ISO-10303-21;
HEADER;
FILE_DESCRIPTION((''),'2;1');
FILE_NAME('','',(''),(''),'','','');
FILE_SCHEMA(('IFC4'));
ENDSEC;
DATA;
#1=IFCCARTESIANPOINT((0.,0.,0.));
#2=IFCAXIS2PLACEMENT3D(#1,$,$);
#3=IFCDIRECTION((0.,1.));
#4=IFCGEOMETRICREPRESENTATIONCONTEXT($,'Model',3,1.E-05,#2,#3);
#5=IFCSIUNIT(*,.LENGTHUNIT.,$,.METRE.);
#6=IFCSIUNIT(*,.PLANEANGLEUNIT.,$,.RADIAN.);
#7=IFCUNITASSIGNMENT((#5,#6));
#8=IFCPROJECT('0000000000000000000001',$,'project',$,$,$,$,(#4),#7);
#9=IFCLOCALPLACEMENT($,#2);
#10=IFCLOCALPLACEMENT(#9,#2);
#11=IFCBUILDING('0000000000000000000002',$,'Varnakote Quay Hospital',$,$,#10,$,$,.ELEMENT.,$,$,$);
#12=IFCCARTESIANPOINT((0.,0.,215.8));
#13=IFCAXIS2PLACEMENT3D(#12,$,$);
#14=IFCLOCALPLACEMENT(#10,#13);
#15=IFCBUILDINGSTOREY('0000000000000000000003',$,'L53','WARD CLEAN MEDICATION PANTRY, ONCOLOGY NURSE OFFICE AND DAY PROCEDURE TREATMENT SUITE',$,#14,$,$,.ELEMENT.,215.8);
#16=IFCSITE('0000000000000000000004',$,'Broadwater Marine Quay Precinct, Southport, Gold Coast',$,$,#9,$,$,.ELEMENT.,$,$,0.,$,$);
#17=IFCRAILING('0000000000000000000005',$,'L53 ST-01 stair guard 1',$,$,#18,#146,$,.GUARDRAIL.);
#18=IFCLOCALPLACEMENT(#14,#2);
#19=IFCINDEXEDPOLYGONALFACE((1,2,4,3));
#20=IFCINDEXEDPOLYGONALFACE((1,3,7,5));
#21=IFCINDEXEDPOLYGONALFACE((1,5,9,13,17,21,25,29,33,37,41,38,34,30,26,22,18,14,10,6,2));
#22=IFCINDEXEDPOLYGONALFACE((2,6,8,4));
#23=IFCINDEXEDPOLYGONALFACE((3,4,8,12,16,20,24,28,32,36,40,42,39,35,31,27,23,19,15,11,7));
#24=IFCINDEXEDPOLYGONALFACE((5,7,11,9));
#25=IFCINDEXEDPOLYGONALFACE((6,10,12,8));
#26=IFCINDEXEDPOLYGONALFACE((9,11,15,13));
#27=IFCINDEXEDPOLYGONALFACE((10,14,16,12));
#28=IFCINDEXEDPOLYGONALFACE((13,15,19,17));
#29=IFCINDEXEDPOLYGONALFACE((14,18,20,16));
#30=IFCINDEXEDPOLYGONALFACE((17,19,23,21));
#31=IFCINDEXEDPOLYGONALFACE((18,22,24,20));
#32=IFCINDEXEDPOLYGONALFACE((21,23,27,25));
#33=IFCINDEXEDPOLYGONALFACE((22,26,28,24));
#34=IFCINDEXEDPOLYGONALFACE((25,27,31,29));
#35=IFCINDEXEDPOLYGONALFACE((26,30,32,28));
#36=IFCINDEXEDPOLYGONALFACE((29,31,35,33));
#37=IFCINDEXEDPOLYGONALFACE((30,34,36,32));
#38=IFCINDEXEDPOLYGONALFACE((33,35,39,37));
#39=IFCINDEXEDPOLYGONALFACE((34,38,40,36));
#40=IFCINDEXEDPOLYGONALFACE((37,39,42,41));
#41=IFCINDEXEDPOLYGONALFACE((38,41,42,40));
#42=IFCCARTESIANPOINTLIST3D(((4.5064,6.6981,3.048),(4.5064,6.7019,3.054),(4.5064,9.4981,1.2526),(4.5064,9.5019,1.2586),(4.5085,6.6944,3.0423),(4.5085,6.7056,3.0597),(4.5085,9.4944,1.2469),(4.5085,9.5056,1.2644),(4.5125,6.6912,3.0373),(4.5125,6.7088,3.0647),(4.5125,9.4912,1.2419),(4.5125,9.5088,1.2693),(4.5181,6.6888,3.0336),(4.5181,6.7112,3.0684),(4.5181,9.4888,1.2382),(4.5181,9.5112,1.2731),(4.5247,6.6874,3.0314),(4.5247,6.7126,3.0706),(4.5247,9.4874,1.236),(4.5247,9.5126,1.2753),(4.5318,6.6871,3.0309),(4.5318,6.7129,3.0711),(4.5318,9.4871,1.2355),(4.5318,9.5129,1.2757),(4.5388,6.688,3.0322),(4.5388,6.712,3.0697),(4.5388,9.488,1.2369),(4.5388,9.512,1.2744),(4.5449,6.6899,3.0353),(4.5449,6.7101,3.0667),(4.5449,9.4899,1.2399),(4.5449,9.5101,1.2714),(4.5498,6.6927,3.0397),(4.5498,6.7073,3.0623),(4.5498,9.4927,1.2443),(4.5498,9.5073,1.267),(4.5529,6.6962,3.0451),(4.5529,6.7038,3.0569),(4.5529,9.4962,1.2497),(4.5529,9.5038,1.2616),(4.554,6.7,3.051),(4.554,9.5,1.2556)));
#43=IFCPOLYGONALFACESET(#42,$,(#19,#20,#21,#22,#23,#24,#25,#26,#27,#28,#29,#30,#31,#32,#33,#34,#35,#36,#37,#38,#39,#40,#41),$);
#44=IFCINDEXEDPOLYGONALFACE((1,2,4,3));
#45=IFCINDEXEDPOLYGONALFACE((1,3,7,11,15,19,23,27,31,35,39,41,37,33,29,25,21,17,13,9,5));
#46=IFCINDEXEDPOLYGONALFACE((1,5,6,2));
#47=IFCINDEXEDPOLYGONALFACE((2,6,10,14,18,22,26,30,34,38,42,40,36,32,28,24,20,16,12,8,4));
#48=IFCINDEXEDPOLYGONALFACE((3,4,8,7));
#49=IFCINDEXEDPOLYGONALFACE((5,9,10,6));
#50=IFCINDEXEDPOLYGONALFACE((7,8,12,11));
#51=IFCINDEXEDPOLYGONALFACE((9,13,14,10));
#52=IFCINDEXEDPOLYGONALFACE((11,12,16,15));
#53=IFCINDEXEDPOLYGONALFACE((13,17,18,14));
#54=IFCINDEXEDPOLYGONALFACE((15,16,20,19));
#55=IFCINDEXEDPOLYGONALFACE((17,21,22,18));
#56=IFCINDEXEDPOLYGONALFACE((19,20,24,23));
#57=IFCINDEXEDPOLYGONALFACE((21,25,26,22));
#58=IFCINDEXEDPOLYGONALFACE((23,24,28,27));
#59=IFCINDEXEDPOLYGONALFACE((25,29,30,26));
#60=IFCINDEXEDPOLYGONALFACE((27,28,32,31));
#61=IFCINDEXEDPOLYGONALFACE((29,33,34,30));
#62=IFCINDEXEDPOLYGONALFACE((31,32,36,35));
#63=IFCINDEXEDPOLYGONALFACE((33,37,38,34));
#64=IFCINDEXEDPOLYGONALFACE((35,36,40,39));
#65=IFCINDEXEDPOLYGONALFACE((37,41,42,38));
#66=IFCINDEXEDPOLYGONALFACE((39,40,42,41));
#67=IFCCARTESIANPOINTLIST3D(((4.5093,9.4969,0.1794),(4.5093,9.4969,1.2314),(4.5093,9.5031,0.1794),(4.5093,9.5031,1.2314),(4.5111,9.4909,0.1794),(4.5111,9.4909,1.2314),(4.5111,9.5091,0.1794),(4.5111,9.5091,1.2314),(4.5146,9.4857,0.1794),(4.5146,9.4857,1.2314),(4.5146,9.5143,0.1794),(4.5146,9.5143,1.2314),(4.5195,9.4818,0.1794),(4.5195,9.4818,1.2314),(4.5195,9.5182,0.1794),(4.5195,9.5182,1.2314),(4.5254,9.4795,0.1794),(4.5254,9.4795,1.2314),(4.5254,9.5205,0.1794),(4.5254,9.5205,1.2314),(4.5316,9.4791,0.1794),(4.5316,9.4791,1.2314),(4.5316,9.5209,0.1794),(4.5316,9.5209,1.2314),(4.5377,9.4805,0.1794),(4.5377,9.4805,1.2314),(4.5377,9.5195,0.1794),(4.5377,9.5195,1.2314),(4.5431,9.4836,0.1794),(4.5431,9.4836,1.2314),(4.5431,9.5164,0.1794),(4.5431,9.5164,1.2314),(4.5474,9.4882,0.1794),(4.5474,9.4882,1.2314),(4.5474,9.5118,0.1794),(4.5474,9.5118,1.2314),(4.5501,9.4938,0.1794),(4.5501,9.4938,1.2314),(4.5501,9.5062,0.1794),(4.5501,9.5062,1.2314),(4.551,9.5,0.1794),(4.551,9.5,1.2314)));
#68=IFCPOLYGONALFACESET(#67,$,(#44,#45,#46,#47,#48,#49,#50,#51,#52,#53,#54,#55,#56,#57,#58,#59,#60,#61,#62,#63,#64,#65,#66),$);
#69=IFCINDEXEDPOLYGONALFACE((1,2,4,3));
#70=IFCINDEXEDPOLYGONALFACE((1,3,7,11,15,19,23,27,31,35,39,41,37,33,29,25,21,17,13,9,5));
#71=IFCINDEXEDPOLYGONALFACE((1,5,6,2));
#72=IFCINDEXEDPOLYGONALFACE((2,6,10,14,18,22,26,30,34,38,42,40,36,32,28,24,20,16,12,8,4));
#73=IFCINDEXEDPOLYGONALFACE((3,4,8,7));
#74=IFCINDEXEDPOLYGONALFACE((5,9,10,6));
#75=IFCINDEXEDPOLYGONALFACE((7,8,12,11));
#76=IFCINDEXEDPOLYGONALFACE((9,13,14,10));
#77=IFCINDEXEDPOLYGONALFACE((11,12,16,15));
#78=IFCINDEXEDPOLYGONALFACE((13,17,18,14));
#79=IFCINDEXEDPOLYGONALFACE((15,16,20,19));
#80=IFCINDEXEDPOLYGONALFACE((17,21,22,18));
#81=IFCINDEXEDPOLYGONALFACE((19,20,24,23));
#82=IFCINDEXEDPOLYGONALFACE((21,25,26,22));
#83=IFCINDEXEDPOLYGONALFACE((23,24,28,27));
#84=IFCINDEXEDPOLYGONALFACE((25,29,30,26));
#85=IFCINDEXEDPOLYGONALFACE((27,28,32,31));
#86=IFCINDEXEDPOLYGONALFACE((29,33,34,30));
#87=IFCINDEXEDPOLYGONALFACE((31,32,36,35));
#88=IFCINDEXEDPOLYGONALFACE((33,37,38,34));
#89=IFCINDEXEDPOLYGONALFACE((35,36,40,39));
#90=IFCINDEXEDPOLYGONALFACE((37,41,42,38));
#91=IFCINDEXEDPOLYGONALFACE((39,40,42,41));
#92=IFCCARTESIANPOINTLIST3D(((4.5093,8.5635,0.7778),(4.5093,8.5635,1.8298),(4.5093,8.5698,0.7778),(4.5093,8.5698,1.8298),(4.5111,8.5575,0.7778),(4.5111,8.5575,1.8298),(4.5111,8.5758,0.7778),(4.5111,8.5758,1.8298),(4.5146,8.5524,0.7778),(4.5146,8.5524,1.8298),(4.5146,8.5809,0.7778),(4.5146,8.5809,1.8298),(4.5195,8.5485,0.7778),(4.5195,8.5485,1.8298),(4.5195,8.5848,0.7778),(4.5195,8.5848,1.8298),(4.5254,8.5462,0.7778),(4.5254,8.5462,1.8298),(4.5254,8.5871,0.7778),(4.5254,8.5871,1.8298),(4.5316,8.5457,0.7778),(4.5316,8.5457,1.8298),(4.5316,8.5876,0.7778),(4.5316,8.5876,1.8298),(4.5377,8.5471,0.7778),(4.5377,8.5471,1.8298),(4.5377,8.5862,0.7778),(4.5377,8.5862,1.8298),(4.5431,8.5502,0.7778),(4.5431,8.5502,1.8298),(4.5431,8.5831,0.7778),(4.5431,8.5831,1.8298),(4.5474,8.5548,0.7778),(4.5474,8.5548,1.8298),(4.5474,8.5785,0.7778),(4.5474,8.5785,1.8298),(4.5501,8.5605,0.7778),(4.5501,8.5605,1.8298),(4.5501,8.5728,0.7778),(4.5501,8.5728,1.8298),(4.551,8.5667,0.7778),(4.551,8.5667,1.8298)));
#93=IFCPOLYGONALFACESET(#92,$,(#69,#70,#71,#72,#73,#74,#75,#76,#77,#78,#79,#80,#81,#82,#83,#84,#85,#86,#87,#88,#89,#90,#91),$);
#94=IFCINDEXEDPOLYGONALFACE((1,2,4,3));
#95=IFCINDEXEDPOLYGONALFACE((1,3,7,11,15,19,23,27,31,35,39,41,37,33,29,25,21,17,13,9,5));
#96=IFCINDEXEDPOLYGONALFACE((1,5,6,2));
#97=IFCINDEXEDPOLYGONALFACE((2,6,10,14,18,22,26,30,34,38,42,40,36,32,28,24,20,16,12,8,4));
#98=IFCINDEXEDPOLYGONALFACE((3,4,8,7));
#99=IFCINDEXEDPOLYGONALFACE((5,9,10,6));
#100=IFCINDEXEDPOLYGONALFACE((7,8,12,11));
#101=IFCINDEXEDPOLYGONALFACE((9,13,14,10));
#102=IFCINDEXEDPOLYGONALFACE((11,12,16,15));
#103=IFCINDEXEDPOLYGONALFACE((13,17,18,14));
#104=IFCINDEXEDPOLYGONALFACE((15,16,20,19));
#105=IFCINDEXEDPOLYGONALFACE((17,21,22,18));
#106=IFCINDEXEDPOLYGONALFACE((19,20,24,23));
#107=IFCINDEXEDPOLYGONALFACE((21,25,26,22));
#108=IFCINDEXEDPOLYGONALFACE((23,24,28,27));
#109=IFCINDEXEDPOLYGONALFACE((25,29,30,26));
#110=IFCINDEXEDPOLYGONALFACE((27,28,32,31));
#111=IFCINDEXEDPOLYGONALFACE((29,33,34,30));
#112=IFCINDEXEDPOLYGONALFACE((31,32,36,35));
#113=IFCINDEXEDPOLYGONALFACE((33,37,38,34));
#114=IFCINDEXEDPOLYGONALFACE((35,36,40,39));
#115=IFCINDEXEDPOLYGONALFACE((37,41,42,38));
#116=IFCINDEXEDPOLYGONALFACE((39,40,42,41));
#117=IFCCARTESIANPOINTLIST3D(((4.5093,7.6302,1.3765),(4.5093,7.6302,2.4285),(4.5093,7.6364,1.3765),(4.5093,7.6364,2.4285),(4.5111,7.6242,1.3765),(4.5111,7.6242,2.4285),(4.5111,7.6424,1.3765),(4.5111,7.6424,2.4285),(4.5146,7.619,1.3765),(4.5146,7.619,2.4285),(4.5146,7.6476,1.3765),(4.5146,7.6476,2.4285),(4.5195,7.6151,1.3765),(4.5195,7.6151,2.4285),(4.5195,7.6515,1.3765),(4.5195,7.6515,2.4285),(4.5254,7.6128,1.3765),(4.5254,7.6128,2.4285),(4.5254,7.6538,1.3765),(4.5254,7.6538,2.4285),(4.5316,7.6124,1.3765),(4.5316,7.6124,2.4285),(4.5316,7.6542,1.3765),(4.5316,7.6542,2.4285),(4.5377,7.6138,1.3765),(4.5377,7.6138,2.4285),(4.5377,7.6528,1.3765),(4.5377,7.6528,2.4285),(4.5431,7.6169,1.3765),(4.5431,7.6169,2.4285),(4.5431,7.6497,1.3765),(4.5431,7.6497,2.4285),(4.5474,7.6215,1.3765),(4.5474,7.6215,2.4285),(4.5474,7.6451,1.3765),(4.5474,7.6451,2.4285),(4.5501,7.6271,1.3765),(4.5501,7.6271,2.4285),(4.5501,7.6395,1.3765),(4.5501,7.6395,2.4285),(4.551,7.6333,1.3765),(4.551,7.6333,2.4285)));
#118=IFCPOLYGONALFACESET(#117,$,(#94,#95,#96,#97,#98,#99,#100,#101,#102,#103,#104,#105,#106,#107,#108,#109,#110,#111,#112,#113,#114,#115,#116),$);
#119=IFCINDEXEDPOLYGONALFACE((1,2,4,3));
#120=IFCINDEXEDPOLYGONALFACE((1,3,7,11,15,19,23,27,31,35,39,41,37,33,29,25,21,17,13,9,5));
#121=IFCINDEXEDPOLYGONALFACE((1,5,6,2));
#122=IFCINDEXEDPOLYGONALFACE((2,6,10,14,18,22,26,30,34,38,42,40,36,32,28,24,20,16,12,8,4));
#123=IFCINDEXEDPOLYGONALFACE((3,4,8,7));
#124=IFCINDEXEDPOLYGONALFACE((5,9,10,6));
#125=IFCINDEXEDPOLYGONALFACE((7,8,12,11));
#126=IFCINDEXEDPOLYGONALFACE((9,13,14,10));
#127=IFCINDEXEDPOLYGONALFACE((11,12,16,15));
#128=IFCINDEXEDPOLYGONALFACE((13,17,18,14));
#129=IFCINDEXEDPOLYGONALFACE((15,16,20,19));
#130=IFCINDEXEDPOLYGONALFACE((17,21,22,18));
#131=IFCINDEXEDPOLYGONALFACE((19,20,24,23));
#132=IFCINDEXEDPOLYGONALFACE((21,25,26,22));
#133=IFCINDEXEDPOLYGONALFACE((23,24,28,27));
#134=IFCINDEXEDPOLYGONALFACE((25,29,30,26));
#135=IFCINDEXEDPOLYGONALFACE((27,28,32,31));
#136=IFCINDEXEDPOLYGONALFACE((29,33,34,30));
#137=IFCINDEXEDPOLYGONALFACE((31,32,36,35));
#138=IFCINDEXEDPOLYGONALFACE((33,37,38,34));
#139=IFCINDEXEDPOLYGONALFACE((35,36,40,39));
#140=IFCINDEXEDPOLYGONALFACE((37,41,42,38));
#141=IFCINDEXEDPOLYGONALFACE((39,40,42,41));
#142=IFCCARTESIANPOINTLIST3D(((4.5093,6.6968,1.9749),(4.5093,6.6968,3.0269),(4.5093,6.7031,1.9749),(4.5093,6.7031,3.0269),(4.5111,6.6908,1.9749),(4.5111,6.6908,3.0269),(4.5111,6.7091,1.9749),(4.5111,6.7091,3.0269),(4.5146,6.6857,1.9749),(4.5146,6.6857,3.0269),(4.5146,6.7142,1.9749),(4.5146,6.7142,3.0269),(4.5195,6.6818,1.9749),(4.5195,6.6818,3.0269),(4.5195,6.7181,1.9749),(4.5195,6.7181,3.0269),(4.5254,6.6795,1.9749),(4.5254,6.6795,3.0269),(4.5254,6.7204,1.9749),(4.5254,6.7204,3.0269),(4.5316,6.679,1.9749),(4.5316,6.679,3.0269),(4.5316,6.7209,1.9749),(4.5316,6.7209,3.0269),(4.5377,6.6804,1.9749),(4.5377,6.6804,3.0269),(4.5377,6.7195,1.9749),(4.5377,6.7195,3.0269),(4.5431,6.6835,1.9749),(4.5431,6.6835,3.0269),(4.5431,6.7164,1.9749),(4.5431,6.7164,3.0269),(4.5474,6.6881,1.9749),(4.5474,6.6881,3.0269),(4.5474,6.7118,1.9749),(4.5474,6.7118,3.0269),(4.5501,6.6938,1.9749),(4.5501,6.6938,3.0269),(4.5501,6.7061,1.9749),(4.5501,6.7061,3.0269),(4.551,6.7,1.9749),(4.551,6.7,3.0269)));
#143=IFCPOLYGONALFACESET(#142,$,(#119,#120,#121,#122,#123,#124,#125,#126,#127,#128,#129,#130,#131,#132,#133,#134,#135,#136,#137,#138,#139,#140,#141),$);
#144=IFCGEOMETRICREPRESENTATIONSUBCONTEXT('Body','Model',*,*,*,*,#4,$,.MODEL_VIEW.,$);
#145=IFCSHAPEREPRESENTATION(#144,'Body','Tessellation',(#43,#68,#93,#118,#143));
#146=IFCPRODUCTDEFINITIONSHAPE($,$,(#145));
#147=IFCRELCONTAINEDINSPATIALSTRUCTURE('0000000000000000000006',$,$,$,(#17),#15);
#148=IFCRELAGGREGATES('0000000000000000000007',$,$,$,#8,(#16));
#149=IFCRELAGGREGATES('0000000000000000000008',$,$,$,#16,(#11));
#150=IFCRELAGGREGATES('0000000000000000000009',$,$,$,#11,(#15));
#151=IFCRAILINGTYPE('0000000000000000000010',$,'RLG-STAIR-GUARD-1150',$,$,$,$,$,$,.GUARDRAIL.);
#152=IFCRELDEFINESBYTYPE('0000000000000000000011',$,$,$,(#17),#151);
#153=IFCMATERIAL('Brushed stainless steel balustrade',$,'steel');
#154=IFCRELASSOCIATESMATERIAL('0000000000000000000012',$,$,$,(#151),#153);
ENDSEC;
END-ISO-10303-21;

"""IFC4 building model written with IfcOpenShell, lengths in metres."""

from ifc_helpers import new_model, si_unit, direction, frame, origin, origin_2d, place, context, subcontext, project, spatial, circle, extrude, material, type_object, element, save


model = new_model("IFC4")

# Units and contexts
model_context = context("Model", 3, precision=1e-05, world=origin(), true_north=direction((0.0, 1.0)))
body_context = subcontext(model_context, "Body", "Model", "MODEL_VIEW")
ifc_project = project(units=[si_unit("LENGTHUNIT", "METRE"), si_unit("PLANEANGLEUNIT", "RADIAN")], contexts=[model_context])

# Site, building, storey
site_placement = place(None, origin())
site = spatial("IfcSite", under=ifc_project, at=site_placement, Name="Broadwater Marine Quay Precinct, Southport, Gold Coast", CompositionType="ELEMENT", RefElevation=0.0)
building_placement = place(site_placement, origin())
building = spatial("IfcBuilding", under=site, at=building_placement, Name="Varnakote Quay Hospital", CompositionType="ELEMENT")
storey_placement = place(building_placement, frame((0.0, 0.0, 215.8)))
storey = spatial("IfcBuildingStorey", under=building, at=storey_placement, Name="L53", Description="WARD CLEAN MEDICATION PANTRY, ONCOLOGY NURSE OFFICE AND DAY PROCEDURE TREATMENT SUITE", CompositionType="ELEMENT", Elevation=215.8)

# Railing
ifc_material_1 = material(Name="Brushed stainless steel balustrade", Category="steel")
railing_type_1 = type_object("IfcRailingType", Name="RLG-STAIR-GUARD-1150", PredefinedType="GUARDRAIL", material=ifc_material_1)
railing_1_placement = place(storey_placement, frame((4.53, 9.5, 0.1794)))
element("IfcRailing", 1, at=railing_1_placement, inside=storey, type_object=railing_type_1, Name="L53 ST-01 stair guard 1", PredefinedType="GUARDRAIL", context=body_context, shape_type="SweptSolid", body=[
    extrude(circle(Radius=0.0239, at=origin_2d()), frame((0.0, 0.0, 1.0762), z_axis=(0.0, -0.84181, 0.539774), x_axis=(1.0, 0.0, 0.0)), (0.0, 0.0, 1.0), 3.3262),
    extrude(circle(Radius=0.021, at=origin_2d()), origin(), (0.0, 0.0, 1.0), 1.052),
    extrude(circle(Radius=0.021, at=origin_2d()), frame((0.0, -0.9333, 0.5984)), (0.0, 0.0, 1.0), 1.052),
    extrude(circle(Radius=0.021, at=origin_2d()), frame((0.0, -1.8667, 1.197)), (0.0, 0.0, 1.0), 1.052),
    extrude(circle(Radius=0.021, at=origin_2d()), frame((0.0, -2.8, 1.7954)), (0.0, 0.0, 1.0), 1.052),
])

save(model, "model.ifc")
